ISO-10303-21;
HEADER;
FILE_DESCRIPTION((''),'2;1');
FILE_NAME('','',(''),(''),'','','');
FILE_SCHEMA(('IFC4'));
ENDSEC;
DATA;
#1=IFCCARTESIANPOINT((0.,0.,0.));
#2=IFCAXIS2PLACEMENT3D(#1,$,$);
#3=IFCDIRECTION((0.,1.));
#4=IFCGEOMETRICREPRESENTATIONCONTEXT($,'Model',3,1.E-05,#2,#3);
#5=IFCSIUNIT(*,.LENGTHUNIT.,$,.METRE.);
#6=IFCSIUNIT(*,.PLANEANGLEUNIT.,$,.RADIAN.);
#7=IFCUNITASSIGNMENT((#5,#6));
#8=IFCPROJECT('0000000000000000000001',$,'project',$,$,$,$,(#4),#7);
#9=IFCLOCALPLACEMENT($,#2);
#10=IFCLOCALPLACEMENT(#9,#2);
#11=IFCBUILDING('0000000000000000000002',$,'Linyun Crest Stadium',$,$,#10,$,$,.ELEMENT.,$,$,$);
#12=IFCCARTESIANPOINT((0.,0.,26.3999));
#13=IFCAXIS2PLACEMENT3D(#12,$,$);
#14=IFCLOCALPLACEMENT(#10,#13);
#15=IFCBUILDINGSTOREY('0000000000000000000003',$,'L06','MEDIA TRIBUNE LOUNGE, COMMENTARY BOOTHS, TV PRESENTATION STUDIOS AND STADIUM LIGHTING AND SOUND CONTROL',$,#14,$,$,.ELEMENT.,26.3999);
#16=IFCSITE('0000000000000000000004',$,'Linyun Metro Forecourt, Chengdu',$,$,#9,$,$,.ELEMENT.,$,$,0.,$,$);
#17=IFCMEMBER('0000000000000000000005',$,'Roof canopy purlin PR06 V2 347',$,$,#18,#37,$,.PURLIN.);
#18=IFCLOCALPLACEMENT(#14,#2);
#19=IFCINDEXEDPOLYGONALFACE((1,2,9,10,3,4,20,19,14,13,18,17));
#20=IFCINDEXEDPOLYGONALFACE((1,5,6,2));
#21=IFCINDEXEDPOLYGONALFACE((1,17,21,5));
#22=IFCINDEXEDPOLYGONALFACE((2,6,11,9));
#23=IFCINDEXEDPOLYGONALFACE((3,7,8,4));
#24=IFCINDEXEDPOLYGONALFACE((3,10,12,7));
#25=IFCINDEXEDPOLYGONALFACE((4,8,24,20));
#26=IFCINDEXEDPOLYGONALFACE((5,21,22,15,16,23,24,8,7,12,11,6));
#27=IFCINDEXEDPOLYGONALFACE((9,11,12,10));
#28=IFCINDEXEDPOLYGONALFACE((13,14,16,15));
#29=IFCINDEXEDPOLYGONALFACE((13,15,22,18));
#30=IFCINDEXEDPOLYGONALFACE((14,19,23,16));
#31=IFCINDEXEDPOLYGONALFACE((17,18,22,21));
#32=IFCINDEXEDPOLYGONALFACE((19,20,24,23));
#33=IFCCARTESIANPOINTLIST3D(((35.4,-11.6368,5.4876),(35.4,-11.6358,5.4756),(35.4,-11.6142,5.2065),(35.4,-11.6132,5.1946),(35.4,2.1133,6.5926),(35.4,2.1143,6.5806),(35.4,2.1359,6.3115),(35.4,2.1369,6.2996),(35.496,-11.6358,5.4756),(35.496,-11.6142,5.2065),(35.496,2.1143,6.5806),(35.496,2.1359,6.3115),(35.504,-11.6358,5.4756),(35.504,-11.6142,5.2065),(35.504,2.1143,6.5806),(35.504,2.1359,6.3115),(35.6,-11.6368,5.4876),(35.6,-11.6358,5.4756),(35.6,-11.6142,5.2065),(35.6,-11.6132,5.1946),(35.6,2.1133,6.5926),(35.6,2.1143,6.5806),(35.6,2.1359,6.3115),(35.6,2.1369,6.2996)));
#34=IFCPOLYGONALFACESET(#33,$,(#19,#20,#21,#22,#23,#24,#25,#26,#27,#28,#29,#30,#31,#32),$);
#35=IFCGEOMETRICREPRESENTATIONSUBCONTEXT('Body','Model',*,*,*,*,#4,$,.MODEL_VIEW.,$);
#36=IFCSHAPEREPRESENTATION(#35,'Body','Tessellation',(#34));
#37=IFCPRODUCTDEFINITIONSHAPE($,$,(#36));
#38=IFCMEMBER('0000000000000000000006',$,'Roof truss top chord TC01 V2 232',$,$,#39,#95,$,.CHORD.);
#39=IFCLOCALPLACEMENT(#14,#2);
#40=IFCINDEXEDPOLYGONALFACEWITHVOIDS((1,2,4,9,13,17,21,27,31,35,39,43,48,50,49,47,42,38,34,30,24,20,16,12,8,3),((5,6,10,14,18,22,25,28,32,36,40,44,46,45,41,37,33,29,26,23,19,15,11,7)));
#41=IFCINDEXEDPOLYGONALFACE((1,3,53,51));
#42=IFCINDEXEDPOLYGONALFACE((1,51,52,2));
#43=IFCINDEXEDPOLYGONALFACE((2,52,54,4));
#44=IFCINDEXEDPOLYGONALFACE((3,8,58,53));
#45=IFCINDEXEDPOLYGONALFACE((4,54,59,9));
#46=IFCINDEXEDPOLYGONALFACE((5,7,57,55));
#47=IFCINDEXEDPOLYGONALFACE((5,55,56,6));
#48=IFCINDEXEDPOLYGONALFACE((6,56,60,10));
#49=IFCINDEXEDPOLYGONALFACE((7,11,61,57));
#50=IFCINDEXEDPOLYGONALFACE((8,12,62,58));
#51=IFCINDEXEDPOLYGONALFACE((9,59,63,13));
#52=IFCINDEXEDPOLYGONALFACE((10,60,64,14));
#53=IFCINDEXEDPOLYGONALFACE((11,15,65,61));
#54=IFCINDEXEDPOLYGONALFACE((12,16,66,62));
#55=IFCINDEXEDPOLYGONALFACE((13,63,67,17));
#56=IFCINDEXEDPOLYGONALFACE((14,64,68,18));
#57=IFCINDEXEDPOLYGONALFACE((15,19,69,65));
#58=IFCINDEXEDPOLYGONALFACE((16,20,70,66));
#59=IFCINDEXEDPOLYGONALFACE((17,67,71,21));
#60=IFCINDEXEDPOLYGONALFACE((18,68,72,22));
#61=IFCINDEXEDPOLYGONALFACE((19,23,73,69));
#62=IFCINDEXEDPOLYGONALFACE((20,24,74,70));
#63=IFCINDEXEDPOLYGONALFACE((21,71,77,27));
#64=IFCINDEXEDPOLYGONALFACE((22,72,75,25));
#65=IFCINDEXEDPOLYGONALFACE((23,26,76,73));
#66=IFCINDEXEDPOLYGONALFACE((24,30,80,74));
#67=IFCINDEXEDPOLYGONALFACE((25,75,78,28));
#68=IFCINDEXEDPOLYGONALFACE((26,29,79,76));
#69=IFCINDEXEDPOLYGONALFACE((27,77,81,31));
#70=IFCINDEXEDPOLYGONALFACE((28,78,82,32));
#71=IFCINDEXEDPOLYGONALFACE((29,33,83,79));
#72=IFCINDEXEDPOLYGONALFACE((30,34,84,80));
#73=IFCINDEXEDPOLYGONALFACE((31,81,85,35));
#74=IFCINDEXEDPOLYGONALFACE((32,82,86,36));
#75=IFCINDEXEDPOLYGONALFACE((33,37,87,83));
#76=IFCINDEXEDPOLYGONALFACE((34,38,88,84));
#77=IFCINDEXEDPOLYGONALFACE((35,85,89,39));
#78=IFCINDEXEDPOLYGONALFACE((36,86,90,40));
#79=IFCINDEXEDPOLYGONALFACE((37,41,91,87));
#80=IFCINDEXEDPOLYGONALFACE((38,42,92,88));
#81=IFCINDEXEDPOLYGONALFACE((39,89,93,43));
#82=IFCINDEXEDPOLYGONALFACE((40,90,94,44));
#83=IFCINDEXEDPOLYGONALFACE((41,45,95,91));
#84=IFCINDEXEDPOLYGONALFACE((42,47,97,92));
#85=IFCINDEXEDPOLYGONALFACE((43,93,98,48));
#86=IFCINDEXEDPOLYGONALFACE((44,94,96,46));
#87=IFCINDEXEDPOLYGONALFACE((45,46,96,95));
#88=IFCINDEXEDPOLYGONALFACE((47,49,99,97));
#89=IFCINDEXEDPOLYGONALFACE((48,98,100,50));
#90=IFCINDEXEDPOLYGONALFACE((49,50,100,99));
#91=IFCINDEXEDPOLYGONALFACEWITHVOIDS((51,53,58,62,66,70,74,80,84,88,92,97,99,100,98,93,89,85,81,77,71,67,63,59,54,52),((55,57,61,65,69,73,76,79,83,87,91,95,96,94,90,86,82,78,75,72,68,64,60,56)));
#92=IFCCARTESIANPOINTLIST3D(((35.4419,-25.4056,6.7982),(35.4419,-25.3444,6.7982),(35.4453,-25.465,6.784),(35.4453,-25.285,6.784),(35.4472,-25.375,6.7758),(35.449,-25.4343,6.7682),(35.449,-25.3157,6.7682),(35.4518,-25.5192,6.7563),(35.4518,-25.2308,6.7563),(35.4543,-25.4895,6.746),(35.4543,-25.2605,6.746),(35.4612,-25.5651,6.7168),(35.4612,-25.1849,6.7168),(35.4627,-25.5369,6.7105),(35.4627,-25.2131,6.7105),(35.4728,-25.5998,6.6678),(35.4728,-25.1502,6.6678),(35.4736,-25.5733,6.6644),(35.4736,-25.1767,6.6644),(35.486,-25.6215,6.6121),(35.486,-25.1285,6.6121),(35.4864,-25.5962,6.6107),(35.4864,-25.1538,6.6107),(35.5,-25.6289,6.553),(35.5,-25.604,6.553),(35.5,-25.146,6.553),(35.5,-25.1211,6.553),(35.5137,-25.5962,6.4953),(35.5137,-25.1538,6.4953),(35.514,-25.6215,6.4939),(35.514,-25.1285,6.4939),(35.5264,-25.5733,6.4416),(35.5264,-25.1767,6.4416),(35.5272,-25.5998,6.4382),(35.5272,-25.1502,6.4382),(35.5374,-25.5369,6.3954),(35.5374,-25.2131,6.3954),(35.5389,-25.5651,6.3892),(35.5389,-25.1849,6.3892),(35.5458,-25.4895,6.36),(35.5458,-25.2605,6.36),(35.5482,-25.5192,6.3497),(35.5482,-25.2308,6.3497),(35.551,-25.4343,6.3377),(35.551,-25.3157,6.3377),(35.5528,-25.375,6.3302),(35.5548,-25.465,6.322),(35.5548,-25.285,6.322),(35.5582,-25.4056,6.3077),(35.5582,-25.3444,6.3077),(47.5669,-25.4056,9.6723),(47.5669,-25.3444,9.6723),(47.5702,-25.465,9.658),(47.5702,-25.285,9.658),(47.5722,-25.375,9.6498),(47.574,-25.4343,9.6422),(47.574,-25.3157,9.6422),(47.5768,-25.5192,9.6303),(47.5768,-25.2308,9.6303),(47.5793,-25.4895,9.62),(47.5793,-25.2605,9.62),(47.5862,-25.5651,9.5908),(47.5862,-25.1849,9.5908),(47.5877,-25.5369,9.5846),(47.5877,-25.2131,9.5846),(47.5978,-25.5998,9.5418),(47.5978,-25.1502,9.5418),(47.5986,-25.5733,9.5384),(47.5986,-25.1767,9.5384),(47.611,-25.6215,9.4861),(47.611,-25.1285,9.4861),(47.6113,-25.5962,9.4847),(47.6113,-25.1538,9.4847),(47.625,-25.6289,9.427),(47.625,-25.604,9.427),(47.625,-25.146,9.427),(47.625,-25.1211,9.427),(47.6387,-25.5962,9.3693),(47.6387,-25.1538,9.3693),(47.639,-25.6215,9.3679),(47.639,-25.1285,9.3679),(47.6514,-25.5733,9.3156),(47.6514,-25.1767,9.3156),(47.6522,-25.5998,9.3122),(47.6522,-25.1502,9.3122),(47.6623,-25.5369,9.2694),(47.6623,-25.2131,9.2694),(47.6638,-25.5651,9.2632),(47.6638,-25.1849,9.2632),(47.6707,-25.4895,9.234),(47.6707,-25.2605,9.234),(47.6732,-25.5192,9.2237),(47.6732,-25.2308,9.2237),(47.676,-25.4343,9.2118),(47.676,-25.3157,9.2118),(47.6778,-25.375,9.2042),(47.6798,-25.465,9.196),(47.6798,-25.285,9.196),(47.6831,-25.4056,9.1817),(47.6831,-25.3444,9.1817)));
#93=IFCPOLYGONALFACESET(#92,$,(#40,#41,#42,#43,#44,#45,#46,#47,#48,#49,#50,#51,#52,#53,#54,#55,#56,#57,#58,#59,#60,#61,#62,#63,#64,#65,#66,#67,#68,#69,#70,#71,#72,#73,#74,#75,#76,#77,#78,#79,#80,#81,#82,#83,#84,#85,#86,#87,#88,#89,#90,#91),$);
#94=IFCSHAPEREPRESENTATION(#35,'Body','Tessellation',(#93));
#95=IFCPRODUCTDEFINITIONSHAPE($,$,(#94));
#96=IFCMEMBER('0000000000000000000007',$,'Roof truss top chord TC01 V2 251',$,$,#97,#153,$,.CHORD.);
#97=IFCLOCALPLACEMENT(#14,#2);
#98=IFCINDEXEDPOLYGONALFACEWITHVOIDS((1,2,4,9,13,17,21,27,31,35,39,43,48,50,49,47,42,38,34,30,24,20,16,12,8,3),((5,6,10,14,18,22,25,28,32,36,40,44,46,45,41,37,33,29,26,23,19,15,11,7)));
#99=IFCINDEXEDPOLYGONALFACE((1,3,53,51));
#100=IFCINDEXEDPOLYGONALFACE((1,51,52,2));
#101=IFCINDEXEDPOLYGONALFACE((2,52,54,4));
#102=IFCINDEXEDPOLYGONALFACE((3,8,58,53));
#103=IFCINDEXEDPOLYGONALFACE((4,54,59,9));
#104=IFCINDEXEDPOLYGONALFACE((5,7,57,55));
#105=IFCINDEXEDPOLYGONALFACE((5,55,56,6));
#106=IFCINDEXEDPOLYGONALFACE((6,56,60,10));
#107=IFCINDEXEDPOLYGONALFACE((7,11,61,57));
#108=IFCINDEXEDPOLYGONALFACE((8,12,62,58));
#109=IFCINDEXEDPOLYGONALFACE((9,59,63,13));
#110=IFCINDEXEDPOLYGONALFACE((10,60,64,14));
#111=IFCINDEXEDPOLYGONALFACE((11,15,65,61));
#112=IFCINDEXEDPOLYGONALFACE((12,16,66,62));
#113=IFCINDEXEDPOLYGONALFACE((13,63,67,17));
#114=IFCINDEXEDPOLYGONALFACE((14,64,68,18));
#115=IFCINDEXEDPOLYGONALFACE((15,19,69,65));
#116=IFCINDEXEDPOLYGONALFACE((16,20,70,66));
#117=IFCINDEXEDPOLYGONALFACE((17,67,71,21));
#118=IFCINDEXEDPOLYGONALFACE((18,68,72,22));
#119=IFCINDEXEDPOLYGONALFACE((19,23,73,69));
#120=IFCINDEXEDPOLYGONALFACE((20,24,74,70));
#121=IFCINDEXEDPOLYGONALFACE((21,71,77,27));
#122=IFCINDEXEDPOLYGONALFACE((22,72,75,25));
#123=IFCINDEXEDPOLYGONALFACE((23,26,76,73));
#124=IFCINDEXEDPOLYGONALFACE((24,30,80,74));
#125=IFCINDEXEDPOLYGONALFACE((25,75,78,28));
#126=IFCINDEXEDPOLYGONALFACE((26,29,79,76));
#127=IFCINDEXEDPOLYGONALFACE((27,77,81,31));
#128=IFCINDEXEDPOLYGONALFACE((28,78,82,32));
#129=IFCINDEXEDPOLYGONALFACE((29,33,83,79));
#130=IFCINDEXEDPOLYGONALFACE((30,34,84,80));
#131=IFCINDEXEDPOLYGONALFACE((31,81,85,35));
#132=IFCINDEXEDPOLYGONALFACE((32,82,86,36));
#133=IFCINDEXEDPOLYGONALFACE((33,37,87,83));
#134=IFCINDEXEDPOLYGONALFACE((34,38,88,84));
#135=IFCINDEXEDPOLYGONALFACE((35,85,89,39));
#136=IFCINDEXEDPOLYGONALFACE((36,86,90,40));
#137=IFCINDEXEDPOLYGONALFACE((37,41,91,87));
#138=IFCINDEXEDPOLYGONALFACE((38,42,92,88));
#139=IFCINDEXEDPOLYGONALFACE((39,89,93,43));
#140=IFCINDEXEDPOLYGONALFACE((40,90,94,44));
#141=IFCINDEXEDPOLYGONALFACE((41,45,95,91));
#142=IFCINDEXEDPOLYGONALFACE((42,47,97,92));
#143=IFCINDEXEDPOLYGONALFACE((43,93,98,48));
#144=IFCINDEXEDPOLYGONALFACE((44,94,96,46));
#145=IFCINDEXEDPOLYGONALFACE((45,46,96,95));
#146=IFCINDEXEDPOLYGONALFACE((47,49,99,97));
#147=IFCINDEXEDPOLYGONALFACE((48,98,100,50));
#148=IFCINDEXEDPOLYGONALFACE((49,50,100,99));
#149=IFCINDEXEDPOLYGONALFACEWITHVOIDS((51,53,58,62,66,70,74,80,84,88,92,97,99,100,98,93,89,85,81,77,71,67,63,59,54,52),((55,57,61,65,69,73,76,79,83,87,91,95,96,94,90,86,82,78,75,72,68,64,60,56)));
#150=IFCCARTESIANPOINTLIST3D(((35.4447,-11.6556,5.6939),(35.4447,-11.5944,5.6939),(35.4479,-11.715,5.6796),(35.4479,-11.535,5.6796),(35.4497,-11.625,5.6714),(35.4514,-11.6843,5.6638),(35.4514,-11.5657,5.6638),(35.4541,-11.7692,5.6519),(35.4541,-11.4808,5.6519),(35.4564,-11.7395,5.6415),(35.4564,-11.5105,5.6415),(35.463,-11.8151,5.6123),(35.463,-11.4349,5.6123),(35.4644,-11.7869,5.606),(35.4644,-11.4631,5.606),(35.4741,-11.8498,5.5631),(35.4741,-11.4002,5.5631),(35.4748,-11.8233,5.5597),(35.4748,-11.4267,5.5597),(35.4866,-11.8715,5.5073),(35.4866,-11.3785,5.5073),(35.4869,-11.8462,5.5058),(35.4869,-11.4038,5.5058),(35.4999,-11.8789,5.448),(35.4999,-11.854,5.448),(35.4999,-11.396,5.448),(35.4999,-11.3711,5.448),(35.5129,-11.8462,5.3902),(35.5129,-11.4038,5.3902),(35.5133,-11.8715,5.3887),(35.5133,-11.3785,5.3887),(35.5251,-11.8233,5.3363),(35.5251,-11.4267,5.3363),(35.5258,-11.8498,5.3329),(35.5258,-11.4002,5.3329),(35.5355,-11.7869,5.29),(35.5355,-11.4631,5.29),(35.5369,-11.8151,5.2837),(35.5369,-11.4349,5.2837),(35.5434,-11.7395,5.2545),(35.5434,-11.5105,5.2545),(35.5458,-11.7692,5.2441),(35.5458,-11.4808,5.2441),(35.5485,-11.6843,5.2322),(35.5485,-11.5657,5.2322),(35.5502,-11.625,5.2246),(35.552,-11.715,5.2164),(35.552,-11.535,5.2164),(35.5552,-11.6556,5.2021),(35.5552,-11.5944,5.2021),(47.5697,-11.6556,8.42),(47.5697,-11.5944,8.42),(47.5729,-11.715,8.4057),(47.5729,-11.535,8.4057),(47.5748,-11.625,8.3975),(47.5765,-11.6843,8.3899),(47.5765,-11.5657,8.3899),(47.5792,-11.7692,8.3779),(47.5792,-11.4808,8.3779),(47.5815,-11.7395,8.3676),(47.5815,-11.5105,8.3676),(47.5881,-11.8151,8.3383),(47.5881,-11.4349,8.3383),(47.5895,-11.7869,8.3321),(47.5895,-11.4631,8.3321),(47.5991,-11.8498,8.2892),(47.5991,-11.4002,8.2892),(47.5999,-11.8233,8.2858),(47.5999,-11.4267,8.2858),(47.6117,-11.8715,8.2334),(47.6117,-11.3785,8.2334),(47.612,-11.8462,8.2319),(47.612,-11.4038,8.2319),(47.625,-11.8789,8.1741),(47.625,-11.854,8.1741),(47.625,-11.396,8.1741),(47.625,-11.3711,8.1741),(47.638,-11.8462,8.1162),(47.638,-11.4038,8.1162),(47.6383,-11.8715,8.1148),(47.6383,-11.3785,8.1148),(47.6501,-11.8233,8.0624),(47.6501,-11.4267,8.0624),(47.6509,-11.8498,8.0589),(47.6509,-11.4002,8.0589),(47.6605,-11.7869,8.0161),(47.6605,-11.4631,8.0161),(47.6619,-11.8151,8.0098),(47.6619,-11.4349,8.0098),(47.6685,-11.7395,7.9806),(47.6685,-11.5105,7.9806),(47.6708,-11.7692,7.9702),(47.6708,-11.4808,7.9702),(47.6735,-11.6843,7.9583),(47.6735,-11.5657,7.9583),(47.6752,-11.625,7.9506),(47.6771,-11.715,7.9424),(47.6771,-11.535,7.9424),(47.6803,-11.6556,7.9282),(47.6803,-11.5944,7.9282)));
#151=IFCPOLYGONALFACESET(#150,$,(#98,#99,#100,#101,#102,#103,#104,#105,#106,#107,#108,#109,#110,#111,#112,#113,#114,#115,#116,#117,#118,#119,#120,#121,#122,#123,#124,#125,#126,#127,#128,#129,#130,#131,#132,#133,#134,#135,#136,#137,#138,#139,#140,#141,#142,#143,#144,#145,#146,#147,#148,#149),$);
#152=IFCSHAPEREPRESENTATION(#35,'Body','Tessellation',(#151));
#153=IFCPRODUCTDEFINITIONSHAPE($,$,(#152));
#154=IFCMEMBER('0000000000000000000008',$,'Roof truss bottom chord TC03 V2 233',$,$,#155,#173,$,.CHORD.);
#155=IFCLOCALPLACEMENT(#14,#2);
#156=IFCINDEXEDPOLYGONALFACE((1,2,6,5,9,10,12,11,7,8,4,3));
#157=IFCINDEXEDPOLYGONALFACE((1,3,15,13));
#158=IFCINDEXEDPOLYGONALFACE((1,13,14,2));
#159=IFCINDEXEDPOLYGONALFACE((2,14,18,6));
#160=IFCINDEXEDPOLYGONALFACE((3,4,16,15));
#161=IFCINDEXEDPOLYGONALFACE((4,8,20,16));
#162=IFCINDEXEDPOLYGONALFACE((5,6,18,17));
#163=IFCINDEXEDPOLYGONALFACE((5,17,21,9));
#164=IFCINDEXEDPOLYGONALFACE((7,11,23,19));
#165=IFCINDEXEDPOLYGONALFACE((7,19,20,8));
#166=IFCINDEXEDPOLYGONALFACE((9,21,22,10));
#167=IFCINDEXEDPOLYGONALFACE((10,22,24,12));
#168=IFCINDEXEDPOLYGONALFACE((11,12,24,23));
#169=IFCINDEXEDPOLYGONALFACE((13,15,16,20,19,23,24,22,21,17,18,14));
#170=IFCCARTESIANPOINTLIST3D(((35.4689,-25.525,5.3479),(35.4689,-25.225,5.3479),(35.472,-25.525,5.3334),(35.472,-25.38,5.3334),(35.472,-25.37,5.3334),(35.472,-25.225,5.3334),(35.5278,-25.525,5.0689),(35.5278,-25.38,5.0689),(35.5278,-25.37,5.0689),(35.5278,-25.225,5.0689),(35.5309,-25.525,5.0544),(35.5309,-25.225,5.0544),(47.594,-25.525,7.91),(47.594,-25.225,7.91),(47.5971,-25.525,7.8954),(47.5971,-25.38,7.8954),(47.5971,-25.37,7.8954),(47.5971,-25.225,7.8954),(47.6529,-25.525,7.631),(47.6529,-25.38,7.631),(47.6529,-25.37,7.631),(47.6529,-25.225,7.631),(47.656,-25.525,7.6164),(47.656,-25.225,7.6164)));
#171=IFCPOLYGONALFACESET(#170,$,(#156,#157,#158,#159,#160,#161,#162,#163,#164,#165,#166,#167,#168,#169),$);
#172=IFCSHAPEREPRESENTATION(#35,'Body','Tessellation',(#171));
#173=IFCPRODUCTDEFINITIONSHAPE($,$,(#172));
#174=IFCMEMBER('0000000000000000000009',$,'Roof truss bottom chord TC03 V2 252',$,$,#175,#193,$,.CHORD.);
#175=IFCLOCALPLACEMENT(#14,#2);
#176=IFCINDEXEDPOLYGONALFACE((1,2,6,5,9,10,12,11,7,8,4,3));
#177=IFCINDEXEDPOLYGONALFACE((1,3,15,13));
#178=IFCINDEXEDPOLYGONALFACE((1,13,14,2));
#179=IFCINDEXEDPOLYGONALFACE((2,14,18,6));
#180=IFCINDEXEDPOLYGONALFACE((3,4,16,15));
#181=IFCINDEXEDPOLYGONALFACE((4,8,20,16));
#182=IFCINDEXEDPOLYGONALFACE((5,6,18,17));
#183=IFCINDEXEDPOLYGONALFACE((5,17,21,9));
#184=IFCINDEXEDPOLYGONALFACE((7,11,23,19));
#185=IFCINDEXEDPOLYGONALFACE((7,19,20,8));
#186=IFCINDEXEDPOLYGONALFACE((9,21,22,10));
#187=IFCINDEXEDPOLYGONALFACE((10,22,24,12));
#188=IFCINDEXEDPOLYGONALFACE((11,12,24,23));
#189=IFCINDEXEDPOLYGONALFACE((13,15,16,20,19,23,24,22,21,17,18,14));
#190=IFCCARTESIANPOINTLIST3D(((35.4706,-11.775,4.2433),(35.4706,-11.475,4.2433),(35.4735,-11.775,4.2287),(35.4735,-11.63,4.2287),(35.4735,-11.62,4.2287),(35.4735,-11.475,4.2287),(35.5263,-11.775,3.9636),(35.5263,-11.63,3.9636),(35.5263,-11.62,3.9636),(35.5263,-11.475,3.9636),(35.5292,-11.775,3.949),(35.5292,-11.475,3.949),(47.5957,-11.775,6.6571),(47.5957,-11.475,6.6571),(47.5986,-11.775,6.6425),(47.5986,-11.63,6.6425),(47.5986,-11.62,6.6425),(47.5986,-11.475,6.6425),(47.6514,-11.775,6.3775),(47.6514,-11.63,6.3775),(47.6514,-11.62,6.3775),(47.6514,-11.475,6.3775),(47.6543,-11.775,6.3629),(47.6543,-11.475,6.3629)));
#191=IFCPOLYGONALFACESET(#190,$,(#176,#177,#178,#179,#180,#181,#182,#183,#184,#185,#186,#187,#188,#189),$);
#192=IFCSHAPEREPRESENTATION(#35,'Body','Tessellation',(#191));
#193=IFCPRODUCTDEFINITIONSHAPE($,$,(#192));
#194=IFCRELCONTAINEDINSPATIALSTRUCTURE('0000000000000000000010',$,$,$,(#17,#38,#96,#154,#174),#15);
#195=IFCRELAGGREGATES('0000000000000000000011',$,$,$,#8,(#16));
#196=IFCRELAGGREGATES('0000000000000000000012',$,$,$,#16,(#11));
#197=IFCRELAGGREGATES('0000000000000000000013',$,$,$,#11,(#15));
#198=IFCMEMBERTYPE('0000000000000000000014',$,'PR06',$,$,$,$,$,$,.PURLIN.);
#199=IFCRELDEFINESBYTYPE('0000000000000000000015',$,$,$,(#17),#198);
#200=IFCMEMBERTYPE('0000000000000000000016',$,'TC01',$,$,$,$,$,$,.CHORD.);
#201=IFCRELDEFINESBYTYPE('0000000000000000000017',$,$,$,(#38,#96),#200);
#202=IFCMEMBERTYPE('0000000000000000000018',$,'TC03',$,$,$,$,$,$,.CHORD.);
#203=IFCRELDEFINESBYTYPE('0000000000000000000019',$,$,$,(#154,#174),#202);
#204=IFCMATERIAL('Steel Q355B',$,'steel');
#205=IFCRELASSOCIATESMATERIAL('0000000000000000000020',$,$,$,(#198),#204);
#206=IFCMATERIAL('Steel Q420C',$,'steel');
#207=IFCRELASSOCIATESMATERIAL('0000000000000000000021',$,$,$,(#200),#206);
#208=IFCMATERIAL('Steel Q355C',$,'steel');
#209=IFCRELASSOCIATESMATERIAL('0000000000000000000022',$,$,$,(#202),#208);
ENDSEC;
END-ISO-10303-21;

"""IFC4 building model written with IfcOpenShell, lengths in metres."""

from ifc_helpers import new_model, si_unit, direction, frame, origin, origin_2d, place, context, subcontext, project, spatial, hollow_circle, i_section, extrude, material, material_profile, profile_set, type_object, element, save


model = new_model("IFC4")

# Units and contexts
model_context = context("Model", 3, precision=1e-05, world=origin(), true_north=direction((0.0, 1.0)))
body_context = subcontext(model_context, "Body", "Model", "MODEL_VIEW")
ifc_project = project(units=[si_unit("LENGTHUNIT", "METRE"), si_unit("PLANEANGLEUNIT", "RADIAN")], contexts=[model_context])

# Site, building, storey
site_placement = place(None, origin())
site = spatial("IfcSite", under=ifc_project, at=site_placement, Name="Linyun Metro Forecourt, Chengdu", CompositionType="ELEMENT", RefElevation=0.0)
building_placement = place(site_placement, origin())
building = spatial("IfcBuilding", under=site, at=building_placement, Name="Linyun Crest Stadium", CompositionType="ELEMENT")
storey_placement = place(building_placement, frame((0.0, 0.0, 26.3999)))
storey = spatial("IfcBuildingStorey", under=building, at=storey_placement, Name="L06", Description="MEDIA TRIBUNE LOUNGE, COMMENTARY BOOTHS, TV PRESENTATION STUDIOS AND STADIUM LIGHTING AND SOUND CONTROL", CompositionType="ELEMENT", Elevation=26.3999)

# Members
ifc_material_1 = material(Name="Steel Q355B", Category="steel")
ifc_material_profile_1 = material_profile(ifc_material_1, i_section(OverallWidth=0.2, OverallDepth=0.2939, WebThickness=0.0081, FlangeThickness=0.012, at=origin_2d()), Name="HM 294x200")
ifc_profile_set_1 = profile_set([ifc_material_profile_1], Name="Steel Q355B")
member_type_1 = type_object("IfcMemberType", Name="PR06", PredefinedType="PURLIN", material=ifc_profile_set_1)
member_1_placement = place(storey_placement, frame((35.5, -11.625, 5.3411), z_axis=(0.0, 0.996787, 0.080104), x_axis=(-1.0, 0.0, 0.0)))
element("IfcMember", 1, at=member_1_placement, inside=storey, type_object=member_type_1, Name="Roof canopy purlin PR06 V2 347", PredefinedType="PURLIN", context=body_context, shape_type="SweptSolid", body=[
    extrude(i_section(OverallWidth=0.2, OverallDepth=0.2939, WebThickness=0.0081, FlangeThickness=0.012, at=origin_2d()), origin(), (0.0, 0.0, 1.0), 13.7944),
])
ifc_material_2 = material(Name="Steel Q420C", Category="steel")
ifc_material_profile_2 = material_profile(ifc_material_2, hollow_circle(Radius=0.2539, WallThickness=0.0249, at=origin_2d()), Name="CHS 508x25")
ifc_profile_set_2 = profile_set([ifc_material_profile_2], Name="Steel Q420C")
member_type_2 = type_object("IfcMemberType", Name="TC01", PredefinedType="CHORD", material=ifc_profile_set_2)
member_2_placement = place(storey_placement, frame((47.625, -25.375, 9.427), z_axis=(-0.973039, 0.0, -0.230642), x_axis=(0.0, -1.0, 0.0)))
element("IfcMember", 2, at=member_2_placement, inside=storey, type_object=member_type_2, Name="Roof truss top chord TC01 V2 232", PredefinedType="CHORD", context=body_context, shape_type="SweptSolid", body=[
    extrude(hollow_circle(Radius=0.2539, WallThickness=0.0249, at=origin_2d()), origin(), (0.0, 0.0, 1.0), 12.4609),
])
member_3_placement = place(storey_placement, frame((47.625, -11.625, 8.1741), z_axis=(-0.975645, 0.0, -0.219355), x_axis=(0.0, -1.0, 0.0)))
element("IfcMember", 3, at=member_3_placement, inside=storey, type_object=member_type_2, Name="Roof truss top chord TC01 V2 251", PredefinedType="CHORD", context=body_context, shape_type="SweptSolid", body=[
    extrude(hollow_circle(Radius=0.2539, WallThickness=0.0249, at=origin_2d()), origin(), (0.0, 0.0, 1.0), 12.4277),
])
ifc_material_3 = material(Name="Steel Q355C", Category="steel")
ifc_material_profile_3 = material_profile(ifc_material_3, i_section(OverallWidth=0.3, OverallDepth=0.3, WebThickness=0.01, FlangeThickness=0.0149, at=origin_2d()), Name="HW 300x300")
ifc_profile_set_3 = profile_set([ifc_material_profile_3], Name="Steel Q355C")
member_type_3 = type_object("IfcMemberType", Name="TC03", PredefinedType="CHORD", material=ifc_profile_set_3)
member_4_placement = place(storey_placement, frame((47.625, -25.375, 7.7632), z_axis=(-0.978397, 0.0, -0.206735), x_axis=(0.0, -1.0, 0.0)))
element("IfcMember", 4, at=member_4_placement, inside=storey, type_object=member_type_3, Name="Roof truss bottom chord TC03 V2 233", PredefinedType="CHORD", context=body_context, shape_type="SweptSolid", body=[
    extrude(i_section(OverallWidth=0.3, OverallDepth=0.3, WebThickness=0.01, FlangeThickness=0.0149, at=origin_2d()), origin(), (0.0, 0.0, 1.0), 12.3928),
])
member_5_placement = place(storey_placement, frame((47.625, -11.625, 6.51), z_axis=(-0.980754, 0.0, -0.195246), x_axis=(0.0, -1.0, 0.0)))
element("IfcMember", 5, at=member_5_placement, inside=storey, type_object=member_type_3, Name="Roof truss bottom chord TC03 V2 252", PredefinedType="CHORD", context=body_context, shape_type="SweptSolid", body=[
    extrude(i_section(OverallWidth=0.3, OverallDepth=0.3, WebThickness=0.01, FlangeThickness=0.0149, at=origin_2d()), origin(), (0.0, 0.0, 1.0), 12.363),
])

save(model, "model.ifc")
